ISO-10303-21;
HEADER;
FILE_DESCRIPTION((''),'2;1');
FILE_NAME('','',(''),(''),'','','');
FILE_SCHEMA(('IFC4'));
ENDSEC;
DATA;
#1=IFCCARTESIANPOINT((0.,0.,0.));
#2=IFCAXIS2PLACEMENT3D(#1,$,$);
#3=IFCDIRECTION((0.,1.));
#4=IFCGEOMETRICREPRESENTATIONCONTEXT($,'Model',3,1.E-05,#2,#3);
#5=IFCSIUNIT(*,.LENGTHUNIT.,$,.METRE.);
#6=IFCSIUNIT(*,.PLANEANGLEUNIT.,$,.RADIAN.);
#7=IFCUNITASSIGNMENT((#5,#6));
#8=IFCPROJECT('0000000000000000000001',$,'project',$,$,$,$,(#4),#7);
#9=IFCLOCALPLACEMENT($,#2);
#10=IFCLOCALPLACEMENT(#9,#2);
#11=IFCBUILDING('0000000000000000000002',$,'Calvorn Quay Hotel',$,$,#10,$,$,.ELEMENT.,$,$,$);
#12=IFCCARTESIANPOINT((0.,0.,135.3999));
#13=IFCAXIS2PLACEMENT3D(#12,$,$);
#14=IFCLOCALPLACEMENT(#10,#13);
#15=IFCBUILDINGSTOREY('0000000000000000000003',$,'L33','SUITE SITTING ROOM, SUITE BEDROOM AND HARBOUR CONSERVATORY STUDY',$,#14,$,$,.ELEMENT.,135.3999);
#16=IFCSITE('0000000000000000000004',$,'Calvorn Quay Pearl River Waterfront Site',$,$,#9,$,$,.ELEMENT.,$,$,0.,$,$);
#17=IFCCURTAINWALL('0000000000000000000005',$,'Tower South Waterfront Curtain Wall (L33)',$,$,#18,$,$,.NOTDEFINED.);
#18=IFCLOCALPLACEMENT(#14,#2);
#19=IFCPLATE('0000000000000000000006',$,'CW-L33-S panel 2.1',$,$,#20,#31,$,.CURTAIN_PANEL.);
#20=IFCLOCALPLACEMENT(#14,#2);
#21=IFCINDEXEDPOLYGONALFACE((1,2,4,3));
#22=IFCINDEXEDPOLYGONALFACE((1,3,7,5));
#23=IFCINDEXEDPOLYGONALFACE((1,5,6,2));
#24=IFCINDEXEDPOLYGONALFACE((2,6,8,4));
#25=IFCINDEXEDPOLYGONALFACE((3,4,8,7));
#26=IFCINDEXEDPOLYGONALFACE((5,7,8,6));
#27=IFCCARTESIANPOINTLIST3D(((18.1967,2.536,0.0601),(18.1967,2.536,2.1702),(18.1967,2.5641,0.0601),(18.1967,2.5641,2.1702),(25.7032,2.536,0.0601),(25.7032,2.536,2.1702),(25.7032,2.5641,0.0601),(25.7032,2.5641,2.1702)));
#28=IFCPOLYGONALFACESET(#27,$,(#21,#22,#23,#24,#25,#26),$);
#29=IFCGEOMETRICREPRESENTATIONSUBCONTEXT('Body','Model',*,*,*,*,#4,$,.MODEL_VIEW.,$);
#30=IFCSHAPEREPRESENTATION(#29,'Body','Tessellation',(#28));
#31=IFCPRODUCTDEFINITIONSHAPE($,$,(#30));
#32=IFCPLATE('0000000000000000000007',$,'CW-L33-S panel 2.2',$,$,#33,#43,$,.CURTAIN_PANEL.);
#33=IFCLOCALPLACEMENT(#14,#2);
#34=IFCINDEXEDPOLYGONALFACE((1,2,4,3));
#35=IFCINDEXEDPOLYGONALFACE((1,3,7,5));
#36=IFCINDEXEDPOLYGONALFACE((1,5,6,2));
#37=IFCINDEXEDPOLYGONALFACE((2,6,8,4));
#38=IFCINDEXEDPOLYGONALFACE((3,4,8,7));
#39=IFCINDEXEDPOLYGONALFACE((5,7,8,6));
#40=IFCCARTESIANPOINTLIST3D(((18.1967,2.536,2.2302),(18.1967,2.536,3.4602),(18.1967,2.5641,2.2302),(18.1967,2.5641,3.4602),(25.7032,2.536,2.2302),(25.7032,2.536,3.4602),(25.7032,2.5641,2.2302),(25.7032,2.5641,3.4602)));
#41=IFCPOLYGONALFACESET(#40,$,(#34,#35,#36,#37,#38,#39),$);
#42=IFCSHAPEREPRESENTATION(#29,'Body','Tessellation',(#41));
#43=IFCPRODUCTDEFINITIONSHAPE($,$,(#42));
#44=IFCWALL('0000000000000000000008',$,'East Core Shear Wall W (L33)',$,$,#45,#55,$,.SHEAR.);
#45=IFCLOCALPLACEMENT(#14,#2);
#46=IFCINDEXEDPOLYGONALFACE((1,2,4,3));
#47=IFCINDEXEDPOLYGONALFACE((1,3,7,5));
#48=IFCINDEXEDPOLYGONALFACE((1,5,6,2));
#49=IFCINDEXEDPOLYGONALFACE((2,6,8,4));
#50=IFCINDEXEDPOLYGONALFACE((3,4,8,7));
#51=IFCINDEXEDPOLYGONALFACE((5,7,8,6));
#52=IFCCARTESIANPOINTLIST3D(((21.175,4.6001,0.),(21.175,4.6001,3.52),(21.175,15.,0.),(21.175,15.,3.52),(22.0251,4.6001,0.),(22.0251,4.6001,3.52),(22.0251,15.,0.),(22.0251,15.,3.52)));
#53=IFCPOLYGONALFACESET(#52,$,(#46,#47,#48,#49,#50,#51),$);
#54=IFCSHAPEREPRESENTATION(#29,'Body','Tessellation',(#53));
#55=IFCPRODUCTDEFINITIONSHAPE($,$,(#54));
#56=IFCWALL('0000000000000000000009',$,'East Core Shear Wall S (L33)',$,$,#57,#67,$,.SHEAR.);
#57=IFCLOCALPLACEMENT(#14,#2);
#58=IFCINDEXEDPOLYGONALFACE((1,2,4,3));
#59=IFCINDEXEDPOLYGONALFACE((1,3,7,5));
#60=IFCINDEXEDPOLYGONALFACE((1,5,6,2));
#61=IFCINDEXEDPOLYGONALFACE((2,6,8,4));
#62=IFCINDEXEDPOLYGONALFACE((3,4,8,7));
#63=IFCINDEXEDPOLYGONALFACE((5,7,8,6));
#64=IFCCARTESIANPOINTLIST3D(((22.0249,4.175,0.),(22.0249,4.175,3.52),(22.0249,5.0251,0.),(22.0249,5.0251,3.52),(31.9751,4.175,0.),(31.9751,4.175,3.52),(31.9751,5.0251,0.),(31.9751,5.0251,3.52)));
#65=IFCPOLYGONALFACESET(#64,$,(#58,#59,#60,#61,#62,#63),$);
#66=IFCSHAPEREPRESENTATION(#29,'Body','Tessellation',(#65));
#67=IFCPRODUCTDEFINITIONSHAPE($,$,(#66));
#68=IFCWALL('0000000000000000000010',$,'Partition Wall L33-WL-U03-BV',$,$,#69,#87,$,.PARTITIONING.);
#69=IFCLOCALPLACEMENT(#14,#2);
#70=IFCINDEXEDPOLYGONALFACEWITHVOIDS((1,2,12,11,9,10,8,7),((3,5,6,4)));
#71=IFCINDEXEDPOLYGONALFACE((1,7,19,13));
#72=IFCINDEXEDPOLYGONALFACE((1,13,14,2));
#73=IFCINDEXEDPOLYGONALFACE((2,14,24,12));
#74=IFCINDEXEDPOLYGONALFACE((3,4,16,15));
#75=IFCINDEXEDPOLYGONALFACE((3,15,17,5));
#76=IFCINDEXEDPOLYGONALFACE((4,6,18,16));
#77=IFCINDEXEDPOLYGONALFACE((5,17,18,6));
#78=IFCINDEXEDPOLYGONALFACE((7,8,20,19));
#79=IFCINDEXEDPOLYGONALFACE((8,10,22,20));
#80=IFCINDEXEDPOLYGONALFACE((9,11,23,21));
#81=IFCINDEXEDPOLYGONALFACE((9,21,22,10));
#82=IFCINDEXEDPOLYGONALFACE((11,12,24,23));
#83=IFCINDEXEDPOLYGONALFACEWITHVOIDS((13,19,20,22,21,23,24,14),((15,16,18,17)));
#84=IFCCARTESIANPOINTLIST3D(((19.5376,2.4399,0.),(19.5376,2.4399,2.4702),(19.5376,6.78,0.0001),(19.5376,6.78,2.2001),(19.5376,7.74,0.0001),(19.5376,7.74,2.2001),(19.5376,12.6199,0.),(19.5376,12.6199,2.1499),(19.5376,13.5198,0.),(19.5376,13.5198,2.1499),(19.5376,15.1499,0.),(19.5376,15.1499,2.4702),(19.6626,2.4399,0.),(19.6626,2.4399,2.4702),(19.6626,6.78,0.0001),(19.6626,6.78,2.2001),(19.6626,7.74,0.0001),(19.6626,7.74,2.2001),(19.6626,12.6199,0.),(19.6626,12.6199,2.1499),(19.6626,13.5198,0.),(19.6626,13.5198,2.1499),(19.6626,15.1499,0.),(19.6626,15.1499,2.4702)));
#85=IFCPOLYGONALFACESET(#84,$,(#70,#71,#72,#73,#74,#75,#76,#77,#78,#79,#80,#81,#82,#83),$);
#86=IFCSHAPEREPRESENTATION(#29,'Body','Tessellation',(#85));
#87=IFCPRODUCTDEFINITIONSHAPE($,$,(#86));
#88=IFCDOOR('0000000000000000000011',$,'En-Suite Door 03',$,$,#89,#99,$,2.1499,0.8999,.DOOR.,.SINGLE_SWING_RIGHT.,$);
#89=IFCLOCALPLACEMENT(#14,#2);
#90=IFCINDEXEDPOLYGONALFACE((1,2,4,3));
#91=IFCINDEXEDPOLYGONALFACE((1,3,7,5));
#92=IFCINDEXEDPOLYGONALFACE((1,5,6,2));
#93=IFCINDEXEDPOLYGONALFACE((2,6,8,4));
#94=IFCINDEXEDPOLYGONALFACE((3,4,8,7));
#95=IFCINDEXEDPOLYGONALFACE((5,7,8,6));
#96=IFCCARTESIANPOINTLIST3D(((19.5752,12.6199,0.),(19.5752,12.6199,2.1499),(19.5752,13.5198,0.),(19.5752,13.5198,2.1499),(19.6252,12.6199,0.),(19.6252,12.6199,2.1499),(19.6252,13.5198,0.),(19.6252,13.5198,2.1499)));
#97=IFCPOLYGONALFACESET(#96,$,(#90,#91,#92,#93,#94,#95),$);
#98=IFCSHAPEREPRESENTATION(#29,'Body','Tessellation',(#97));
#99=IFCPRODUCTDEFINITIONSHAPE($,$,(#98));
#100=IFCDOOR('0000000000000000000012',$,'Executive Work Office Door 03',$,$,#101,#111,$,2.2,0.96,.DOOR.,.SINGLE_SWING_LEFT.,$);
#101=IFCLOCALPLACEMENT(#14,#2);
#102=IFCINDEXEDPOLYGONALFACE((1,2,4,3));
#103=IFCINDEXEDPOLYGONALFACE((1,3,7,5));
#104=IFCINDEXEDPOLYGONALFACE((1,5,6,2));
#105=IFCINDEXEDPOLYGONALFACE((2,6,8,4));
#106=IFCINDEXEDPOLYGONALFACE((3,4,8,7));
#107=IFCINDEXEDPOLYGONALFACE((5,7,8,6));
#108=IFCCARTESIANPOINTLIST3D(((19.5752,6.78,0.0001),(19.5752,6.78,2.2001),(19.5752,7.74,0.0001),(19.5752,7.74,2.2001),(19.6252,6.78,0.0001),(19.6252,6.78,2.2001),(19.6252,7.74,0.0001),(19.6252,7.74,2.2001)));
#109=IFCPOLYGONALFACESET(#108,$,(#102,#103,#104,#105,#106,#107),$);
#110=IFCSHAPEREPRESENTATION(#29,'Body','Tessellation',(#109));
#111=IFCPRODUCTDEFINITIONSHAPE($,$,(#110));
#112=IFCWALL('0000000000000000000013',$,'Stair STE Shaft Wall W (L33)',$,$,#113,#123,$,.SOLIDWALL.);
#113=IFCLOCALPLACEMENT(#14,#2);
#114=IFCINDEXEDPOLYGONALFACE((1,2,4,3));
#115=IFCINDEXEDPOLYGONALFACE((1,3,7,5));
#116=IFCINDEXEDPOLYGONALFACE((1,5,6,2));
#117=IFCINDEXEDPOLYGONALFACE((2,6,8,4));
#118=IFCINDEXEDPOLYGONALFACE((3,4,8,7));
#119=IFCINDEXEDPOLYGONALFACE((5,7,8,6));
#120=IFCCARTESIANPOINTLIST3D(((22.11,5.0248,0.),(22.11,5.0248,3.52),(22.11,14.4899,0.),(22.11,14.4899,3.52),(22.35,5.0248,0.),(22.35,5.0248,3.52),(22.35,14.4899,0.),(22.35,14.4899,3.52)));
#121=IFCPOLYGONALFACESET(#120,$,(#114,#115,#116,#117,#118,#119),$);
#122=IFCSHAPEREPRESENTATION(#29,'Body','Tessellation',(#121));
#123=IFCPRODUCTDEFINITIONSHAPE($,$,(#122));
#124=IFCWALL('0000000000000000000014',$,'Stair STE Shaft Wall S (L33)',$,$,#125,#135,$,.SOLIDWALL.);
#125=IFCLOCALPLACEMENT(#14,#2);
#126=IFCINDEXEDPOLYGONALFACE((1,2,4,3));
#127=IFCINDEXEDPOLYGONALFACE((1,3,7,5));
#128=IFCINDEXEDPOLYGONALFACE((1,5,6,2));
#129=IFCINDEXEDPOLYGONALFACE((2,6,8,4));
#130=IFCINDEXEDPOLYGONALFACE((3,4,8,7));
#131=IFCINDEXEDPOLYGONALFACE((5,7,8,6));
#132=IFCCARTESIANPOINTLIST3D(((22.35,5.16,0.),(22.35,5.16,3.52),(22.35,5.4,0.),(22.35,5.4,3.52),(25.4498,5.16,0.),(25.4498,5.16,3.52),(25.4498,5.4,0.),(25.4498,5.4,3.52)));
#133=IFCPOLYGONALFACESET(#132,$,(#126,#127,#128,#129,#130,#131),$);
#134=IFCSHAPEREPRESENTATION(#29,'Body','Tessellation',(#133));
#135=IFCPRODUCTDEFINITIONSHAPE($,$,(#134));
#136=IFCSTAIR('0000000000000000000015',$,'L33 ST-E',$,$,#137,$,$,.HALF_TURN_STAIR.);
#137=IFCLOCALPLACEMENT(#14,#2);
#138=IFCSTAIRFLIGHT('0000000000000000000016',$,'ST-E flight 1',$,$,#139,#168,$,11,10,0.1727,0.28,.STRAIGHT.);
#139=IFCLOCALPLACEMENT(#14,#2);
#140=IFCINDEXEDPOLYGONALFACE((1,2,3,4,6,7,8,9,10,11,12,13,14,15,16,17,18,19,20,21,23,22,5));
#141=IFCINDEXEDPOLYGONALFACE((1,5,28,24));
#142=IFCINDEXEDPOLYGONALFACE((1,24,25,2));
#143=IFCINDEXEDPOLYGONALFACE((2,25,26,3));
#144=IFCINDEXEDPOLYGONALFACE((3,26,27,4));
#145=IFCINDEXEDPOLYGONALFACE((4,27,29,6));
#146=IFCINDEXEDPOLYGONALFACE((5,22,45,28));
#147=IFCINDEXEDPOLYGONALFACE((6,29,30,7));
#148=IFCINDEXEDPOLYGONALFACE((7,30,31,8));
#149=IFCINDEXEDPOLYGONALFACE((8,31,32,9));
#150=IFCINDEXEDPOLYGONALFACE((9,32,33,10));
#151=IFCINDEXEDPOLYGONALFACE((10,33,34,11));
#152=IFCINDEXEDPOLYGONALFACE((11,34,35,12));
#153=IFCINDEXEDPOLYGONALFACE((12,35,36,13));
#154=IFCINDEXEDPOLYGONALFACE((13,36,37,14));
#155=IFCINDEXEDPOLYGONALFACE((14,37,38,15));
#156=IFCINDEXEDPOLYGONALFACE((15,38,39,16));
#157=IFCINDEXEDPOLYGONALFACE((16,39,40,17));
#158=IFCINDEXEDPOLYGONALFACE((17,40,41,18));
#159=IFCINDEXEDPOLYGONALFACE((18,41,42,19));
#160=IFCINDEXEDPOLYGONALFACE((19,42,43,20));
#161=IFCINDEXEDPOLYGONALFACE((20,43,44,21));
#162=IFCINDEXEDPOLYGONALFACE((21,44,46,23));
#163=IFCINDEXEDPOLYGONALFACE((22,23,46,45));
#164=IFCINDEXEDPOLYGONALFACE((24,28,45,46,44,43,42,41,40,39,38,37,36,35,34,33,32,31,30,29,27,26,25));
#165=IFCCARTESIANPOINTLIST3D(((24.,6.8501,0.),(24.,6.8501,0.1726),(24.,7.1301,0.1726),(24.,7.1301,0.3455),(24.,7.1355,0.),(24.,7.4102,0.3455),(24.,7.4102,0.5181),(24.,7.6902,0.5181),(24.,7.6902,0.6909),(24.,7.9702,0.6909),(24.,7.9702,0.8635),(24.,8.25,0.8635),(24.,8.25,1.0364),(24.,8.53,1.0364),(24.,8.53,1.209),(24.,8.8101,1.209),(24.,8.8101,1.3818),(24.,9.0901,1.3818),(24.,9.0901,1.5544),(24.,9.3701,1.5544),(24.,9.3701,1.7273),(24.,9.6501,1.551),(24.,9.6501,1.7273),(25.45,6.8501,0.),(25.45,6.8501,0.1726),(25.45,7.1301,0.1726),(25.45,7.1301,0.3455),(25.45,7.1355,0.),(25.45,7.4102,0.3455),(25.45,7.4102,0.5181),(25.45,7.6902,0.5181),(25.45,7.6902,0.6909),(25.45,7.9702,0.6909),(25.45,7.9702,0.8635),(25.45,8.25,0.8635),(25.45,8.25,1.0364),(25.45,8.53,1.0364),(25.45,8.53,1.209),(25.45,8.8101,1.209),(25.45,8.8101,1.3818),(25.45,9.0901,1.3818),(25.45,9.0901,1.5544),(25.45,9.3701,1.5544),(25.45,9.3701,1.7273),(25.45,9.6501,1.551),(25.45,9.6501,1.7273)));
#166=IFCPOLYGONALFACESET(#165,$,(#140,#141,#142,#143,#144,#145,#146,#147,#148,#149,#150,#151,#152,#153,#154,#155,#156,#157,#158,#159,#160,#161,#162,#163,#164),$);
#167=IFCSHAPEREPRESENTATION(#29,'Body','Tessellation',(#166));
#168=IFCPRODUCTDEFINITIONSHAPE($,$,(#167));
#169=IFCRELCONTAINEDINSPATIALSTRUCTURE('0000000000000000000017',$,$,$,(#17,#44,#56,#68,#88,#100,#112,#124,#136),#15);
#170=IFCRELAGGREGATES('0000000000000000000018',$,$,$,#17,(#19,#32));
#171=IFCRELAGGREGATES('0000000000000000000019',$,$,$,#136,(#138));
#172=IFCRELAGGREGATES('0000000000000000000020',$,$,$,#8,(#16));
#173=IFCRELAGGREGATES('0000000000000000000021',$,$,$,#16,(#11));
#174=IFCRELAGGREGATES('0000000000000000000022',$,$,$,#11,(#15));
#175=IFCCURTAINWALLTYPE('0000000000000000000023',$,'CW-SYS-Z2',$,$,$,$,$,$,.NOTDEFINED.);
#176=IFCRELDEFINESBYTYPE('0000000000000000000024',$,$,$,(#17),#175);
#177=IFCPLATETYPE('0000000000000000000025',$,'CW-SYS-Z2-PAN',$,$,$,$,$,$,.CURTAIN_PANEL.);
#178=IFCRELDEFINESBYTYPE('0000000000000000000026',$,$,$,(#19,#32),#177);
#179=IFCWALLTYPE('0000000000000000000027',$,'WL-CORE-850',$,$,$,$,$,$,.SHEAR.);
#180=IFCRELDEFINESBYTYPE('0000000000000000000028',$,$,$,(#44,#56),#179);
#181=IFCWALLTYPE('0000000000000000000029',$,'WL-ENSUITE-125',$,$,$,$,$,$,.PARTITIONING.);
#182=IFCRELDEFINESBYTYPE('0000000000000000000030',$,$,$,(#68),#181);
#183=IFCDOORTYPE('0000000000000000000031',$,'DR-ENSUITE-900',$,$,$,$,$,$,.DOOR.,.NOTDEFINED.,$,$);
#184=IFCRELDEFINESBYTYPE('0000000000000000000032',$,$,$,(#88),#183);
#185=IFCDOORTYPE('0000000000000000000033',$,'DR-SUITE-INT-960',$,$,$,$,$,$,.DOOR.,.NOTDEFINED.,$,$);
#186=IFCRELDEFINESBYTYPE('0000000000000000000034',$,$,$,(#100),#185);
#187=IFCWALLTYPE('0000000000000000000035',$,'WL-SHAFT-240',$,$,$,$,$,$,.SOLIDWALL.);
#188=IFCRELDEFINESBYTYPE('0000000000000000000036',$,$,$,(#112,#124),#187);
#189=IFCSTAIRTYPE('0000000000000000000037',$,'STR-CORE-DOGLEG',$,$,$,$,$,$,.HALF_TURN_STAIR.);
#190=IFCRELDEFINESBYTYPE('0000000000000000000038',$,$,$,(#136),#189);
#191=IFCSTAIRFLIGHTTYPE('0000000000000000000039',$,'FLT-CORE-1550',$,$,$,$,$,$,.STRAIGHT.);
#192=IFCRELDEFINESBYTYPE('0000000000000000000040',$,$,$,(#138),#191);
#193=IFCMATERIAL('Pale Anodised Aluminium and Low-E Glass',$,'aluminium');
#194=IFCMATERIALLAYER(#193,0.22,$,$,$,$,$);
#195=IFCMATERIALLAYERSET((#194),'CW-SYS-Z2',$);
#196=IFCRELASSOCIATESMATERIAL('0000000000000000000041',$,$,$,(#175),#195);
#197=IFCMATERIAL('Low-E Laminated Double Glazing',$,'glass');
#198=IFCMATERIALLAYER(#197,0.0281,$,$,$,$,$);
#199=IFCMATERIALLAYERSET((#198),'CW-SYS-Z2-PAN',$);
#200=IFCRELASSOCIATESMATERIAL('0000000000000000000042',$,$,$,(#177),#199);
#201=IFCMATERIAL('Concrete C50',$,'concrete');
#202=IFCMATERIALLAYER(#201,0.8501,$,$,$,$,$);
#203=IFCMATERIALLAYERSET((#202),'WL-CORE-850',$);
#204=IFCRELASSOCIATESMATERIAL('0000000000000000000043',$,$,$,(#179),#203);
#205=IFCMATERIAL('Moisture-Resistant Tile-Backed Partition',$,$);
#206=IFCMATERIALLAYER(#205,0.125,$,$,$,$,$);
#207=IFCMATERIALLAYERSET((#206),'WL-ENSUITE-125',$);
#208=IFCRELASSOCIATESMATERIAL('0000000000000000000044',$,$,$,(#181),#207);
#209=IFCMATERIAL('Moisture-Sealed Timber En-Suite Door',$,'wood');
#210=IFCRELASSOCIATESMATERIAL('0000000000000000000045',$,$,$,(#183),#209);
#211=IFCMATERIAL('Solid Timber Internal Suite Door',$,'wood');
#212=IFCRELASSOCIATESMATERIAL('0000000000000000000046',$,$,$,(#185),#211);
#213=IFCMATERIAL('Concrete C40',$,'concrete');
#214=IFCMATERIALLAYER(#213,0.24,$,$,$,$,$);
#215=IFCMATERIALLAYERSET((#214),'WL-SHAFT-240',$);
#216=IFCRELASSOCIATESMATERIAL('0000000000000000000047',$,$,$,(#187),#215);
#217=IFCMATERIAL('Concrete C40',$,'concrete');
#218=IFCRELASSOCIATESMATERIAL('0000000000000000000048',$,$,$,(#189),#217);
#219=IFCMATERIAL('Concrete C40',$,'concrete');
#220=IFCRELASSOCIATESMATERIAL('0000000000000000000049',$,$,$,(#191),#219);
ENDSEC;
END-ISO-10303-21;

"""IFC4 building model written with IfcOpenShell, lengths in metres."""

from ifc_helpers import new_model, si_unit, direction, frame, frame_2d, origin, origin_2d, place, context, subcontext, project, spatial, polyline, rectangle, outline, extrude, material, layer, layer_set, type_object, element, fill, aggregate, save


model = new_model("IFC4")

# Units and contexts
model_context = context("Model", 3, precision=1e-05, world=origin(), true_north=direction((0.0, 1.0)))
body_context = subcontext(model_context, "Body", "Model", "MODEL_VIEW")
ifc_project = project(units=[si_unit("LENGTHUNIT", "METRE"), si_unit("PLANEANGLEUNIT", "RADIAN")], contexts=[model_context])

# Site, building, storey
site_placement = place(None, origin())
site = spatial("IfcSite", under=ifc_project, at=site_placement, Name="Calvorn Quay Pearl River Waterfront Site", CompositionType="ELEMENT", RefElevation=0.0)
building_placement = place(site_placement, origin())
building = spatial("IfcBuilding", under=site, at=building_placement, Name="Calvorn Quay Hotel", CompositionType="ELEMENT")
storey_placement = place(building_placement, frame((0.0, 0.0, 135.3999)))
storey = spatial("IfcBuildingStorey", under=building, at=storey_placement, Name="L33", Description="SUITE SITTING ROOM, SUITE BEDROOM AND HARBOUR CONSERVATORY STUDY", CompositionType="ELEMENT", Elevation=135.3999)

# Curtain wall, plates
ifc_material_1 = material(Name="Pale Anodised Aluminium and Low-E Glass", Category="aluminium")
ifc_layer_1 = layer(ifc_material_1, 0.22)
ifc_layer_set_1 = layer_set([ifc_layer_1], Name="CW-SYS-Z2")
curtain_wall_type = type_object("IfcCurtainWallType", Name="CW-SYS-Z2", PredefinedType="NOTDEFINED", material=ifc_layer_set_1)
curtain_wall_placement = place(storey_placement, origin())
curtain_wall = element("IfcCurtainWall", 1, at=curtain_wall_placement, inside=storey, type_object=curtain_wall_type, Name="Tower South Waterfront Curtain Wall (L33)", PredefinedType="NOTDEFINED")
ifc_material_2 = material(Name="Low-E Laminated Double Glazing", Category="glass")
ifc_layer_2 = layer(ifc_material_2, 0.0281)
ifc_layer_set_2 = layer_set([ifc_layer_2], Name="CW-SYS-Z2-PAN")
plate_type = type_object("IfcPlateType", Name="CW-SYS-Z2-PAN", PredefinedType="CURTAIN_PANEL", material=ifc_layer_set_2)
plate_1_placement = place(storey_placement, frame((21.95, 2.55, 0.0601), z_axis=(0.0, 0.0, 1.0), x_axis=(1.0, 0.0, 0.0)))
plate_1 = element("IfcPlate", 2, at=plate_1_placement, type_object=plate_type, Name="CW-L33-S panel 2.1", PredefinedType="CURTAIN_PANEL", context=body_context, shape_type="SweptSolid", body=[
    extrude(rectangle(XDim=7.5066, YDim=0.0281, at=origin_2d()), origin(), (0.0, 0.0, 1.0), 2.1101),
])
plate_2_placement = place(storey_placement, frame((21.95, 2.55, 2.2302), z_axis=(0.0, 0.0, 1.0), x_axis=(1.0, 0.0, 0.0)))
plate_2 = element("IfcPlate", 3, at=plate_2_placement, type_object=plate_type, Name="CW-L33-S panel 2.2", PredefinedType="CURTAIN_PANEL", context=body_context, shape_type="SweptSolid", body=[
    extrude(rectangle(XDim=7.5066, YDim=0.0281, at=origin_2d()), origin(), (0.0, 0.0, 1.0), 1.23),
])
aggregate(curtain_wall, [plate_1, plate_2])

# Walls
ifc_material_3 = material(Name="Concrete C50", Category="concrete")
ifc_layer_3 = layer(ifc_material_3, 0.8501)
ifc_layer_set_3 = layer_set([ifc_layer_3], Name="WL-CORE-850")
wall_type_1 = type_object("IfcWallType", Name="WL-CORE-850", PredefinedType="SHEAR", material=ifc_layer_set_3)
wall_1_placement = place(storey_placement, frame((21.6001, 4.6001, 0.0), z_axis=(0.0, 0.0, 1.0), x_axis=(0.0, 1.0, 0.0)))
element("IfcWall", 4, at=wall_1_placement, inside=storey, type_object=wall_type_1, Name="East Core Shear Wall W (L33)", PredefinedType="SHEAR", context=body_context, shape_type="SweptSolid", body=[
    extrude(rectangle(XDim=10.3999, YDim=0.8501, at=frame_2d((5.2, 0.0))), origin(), (0.0, 0.0, 1.0), 3.52),
])
wall_2_placement = place(storey_placement, frame((22.0249, 4.6001, 0.0), z_axis=(0.0, 0.0, 1.0), x_axis=(1.0, 0.0, 0.0)))
element("IfcWall", 5, at=wall_2_placement, inside=storey, type_object=wall_type_1, Name="East Core Shear Wall S (L33)", PredefinedType="SHEAR", context=body_context, shape_type="SweptSolid", body=[
    extrude(rectangle(XDim=9.9502, YDim=0.8501, at=frame_2d((4.9751, 0.0))), origin(), (0.0, 0.0, 1.0), 3.52),
])

# Wall, openings, doors
ifc_material_4 = material(Name="Moisture-Resistant Tile-Backed Partition")
ifc_layer_4 = layer(ifc_material_4, 0.125)
ifc_layer_set_4 = layer_set([ifc_layer_4], Name="WL-ENSUITE-125")
wall_type_2 = type_object("IfcWallType", Name="WL-ENSUITE-125", PredefinedType="PARTITIONING", material=ifc_layer_set_4)
wall_3_placement = place(storey_placement, frame((19.6001, 2.4399, 0.0), z_axis=(0.0, 0.0, 1.0), x_axis=(0.0, 1.0, 0.0)))
wall_3 = element("IfcWall", 6, at=wall_3_placement, inside=storey, type_object=wall_type_2, Name="Partition Wall L33-WL-U03-BV", PredefinedType="PARTITIONING", context=body_context, shape_type="SweptSolid", body=[
    extrude(rectangle(XDim=12.71, YDim=0.125, at=frame_2d((6.355, 0.0))), origin(), (0.0, 0.0, 1.0), 2.4702),
])
opening_1_placement = place(wall_3_placement, frame((4.3401, 0.0, 0.0)))
opening_1 = element("IfcOpeningElement", 7, at=opening_1_placement, cuts=wall_3, PredefinedType="OPENING", context=body_context, shape_type="SweptSolid", body=[
    extrude(rectangle(XDim=0.96, YDim=2.2, at=frame_2d((0.48, 1.1001))), frame((0.0, 0.0725, 0.0), z_axis=(0.0, -1.0, 0.0), x_axis=(1.0, 0.0, 0.0)), (0.0, 0.0, 1.0), 0.145),
])
opening_2_placement = place(wall_3_placement, frame((10.1799, 0.0, 0.0)))
opening_2 = element("IfcOpeningElement", 8, at=opening_2_placement, cuts=wall_3, PredefinedType="OPENING", context=body_context, shape_type="SweptSolid", body=[
    extrude(rectangle(XDim=0.8999, YDim=2.1499, at=frame_2d((0.45, 1.075))), frame((0.0, 0.0725, 0.0), z_axis=(0.0, -1.0, 0.0), x_axis=(1.0, 0.0, 0.0)), (0.0, 0.0, 1.0), 0.145),
])
ifc_material_5 = material(Name="Moisture-Sealed Timber En-Suite Door", Category="wood")
door_type_1 = type_object("IfcDoorType", Name="DR-ENSUITE-900", OperationType="NOTDEFINED", PredefinedType="DOOR", material=ifc_material_5)
door_1_placement = place(opening_2_placement, origin())
door_1 = element("IfcDoor", 9, at=door_1_placement, inside=storey, type_object=door_type_1, Name="En-Suite Door 03", OperationType="SINGLE_SWING_RIGHT", OverallHeight=2.1499, OverallWidth=0.8999, PredefinedType="DOOR", context=body_context, shape_type="SweptSolid", body=[
    extrude(rectangle(XDim=0.8999, YDim=2.1499, at=frame_2d((0.45, 1.075))), frame((0.0, 0.0249, 0.0), z_axis=(0.0, -1.0, 0.0), x_axis=(1.0, 0.0, 0.0)), (0.0, 0.0, 1.0), 0.05),
])
fill(opening_2, door_1)
ifc_material_6 = material(Name="Solid Timber Internal Suite Door", Category="wood")
door_type_2 = type_object("IfcDoorType", Name="DR-SUITE-INT-960", OperationType="NOTDEFINED", PredefinedType="DOOR", material=ifc_material_6)
door_2_placement = place(opening_1_placement, origin())
door_2 = element("IfcDoor", 10, at=door_2_placement, inside=storey, type_object=door_type_2, Name="Executive Work Office Door 03", OperationType="SINGLE_SWING_LEFT", OverallHeight=2.2, OverallWidth=0.96, PredefinedType="DOOR", context=body_context, shape_type="SweptSolid", body=[
    extrude(rectangle(XDim=0.96, YDim=2.2, at=frame_2d((0.48, 1.1001))), frame((0.0, 0.0249, 0.0), z_axis=(0.0, -1.0, 0.0), x_axis=(1.0, 0.0, 0.0)), (0.0, 0.0, 1.0), 0.05),
])
fill(opening_1, door_2)

# Walls
ifc_material_7 = material(Name="Concrete C40", Category="concrete")
ifc_layer_5 = layer(ifc_material_7, 0.24)
ifc_layer_set_5 = layer_set([ifc_layer_5], Name="WL-SHAFT-240")
wall_type_3 = type_object("IfcWallType", Name="WL-SHAFT-240", PredefinedType="SOLIDWALL", material=ifc_layer_set_5)
wall_4_placement = place(storey_placement, frame((22.23, 5.0249, 0.0), z_axis=(0.0, 0.0, 1.0), x_axis=(0.0, 1.0, 0.0)))
element("IfcWall", 11, at=wall_4_placement, inside=storey, type_object=wall_type_3, Name="Stair STE Shaft Wall W (L33)", PredefinedType="SOLIDWALL", context=body_context, shape_type="SweptSolid", body=[
    extrude(rectangle(XDim=9.4651, YDim=0.24, at=frame_2d((4.7324, 0.0))), origin(), (0.0, 0.0, 1.0), 3.52),
])
wall_5_placement = place(storey_placement, frame((22.3501, 5.28, 0.0), z_axis=(0.0, 0.0, 1.0), x_axis=(1.0, 0.0, 0.0)))
element("IfcWall", 12, at=wall_5_placement, inside=storey, type_object=wall_type_3, Name="Stair STE Shaft Wall S (L33)", PredefinedType="SOLIDWALL", context=body_context, shape_type="SweptSolid", body=[
    extrude(rectangle(XDim=3.0999, YDim=0.24, at=frame_2d((1.5498, 0.0))), origin(), (0.0, 0.0, 1.0), 3.52),
])

# Stair, stair flight
ifc_material_8 = material(Name="Concrete C40", Category="concrete")
stair_type = type_object("IfcStairType", Name="STR-CORE-DOGLEG", PredefinedType="HALF_TURN_STAIR", material=ifc_material_8)
stair_placement = place(storey_placement, origin())
stair = element("IfcStair", 13, at=stair_placement, inside=storey, type_object=stair_type, Name="L33 ST-E", PredefinedType="HALF_TURN_STAIR")
ifc_material_9 = material(Name="Concrete C40", Category="concrete")
stair_flight_type = type_object("IfcStairFlightType", Name="FLT-CORE-1550", PredefinedType="STRAIGHT", material=ifc_material_9)
stair_flight_placement = place(storey_placement, frame((24.7251, 6.8501, 0.0), z_axis=(0.0, 0.0, 1.0), x_axis=(0.0, 1.0, 0.0)))
stair_flight = element("IfcStairFlight", 14, at=stair_flight_placement, type_object=stair_flight_type, Name="ST-E flight 1", NumberOfRisers=11, NumberOfTreads=10, PredefinedType="STRAIGHT", RiserHeight=0.1727, TreadLength=0.28, context=body_context, shape_type="SweptSolid", body=[
    extrude(outline(polyline([(0.0, 0.0), (0.0, 0.1726), (0.28, 0.1726), (0.28, 0.3455), (0.5601, 0.3455), (0.5601, 0.5181), (0.8401, 0.5181), (0.8401, 0.6909), (1.1201, 0.6909), (1.1201, 0.8635), (1.3999, 0.8635), (1.3999, 1.0364), (1.6799, 1.0364), (1.6799, 1.209), (1.96, 1.209), (1.96, 1.3818), (2.24, 1.3818), (2.24, 1.5544), (2.52, 1.5544), (2.52, 1.7273), (2.8, 1.7273), (2.8, 1.8999), (2.8, 1.551), (0.2854, 0.0), (0.0, 0.0)])), frame((0.0, 0.7251, 0.0), z_axis=(0.0, -1.0, 0.0), x_axis=(1.0, 0.0, 0.0)), (0.0, 0.0, 1.0), 1.45),
])
aggregate(stair, [stair_flight])

save(model, "model.ifc")
